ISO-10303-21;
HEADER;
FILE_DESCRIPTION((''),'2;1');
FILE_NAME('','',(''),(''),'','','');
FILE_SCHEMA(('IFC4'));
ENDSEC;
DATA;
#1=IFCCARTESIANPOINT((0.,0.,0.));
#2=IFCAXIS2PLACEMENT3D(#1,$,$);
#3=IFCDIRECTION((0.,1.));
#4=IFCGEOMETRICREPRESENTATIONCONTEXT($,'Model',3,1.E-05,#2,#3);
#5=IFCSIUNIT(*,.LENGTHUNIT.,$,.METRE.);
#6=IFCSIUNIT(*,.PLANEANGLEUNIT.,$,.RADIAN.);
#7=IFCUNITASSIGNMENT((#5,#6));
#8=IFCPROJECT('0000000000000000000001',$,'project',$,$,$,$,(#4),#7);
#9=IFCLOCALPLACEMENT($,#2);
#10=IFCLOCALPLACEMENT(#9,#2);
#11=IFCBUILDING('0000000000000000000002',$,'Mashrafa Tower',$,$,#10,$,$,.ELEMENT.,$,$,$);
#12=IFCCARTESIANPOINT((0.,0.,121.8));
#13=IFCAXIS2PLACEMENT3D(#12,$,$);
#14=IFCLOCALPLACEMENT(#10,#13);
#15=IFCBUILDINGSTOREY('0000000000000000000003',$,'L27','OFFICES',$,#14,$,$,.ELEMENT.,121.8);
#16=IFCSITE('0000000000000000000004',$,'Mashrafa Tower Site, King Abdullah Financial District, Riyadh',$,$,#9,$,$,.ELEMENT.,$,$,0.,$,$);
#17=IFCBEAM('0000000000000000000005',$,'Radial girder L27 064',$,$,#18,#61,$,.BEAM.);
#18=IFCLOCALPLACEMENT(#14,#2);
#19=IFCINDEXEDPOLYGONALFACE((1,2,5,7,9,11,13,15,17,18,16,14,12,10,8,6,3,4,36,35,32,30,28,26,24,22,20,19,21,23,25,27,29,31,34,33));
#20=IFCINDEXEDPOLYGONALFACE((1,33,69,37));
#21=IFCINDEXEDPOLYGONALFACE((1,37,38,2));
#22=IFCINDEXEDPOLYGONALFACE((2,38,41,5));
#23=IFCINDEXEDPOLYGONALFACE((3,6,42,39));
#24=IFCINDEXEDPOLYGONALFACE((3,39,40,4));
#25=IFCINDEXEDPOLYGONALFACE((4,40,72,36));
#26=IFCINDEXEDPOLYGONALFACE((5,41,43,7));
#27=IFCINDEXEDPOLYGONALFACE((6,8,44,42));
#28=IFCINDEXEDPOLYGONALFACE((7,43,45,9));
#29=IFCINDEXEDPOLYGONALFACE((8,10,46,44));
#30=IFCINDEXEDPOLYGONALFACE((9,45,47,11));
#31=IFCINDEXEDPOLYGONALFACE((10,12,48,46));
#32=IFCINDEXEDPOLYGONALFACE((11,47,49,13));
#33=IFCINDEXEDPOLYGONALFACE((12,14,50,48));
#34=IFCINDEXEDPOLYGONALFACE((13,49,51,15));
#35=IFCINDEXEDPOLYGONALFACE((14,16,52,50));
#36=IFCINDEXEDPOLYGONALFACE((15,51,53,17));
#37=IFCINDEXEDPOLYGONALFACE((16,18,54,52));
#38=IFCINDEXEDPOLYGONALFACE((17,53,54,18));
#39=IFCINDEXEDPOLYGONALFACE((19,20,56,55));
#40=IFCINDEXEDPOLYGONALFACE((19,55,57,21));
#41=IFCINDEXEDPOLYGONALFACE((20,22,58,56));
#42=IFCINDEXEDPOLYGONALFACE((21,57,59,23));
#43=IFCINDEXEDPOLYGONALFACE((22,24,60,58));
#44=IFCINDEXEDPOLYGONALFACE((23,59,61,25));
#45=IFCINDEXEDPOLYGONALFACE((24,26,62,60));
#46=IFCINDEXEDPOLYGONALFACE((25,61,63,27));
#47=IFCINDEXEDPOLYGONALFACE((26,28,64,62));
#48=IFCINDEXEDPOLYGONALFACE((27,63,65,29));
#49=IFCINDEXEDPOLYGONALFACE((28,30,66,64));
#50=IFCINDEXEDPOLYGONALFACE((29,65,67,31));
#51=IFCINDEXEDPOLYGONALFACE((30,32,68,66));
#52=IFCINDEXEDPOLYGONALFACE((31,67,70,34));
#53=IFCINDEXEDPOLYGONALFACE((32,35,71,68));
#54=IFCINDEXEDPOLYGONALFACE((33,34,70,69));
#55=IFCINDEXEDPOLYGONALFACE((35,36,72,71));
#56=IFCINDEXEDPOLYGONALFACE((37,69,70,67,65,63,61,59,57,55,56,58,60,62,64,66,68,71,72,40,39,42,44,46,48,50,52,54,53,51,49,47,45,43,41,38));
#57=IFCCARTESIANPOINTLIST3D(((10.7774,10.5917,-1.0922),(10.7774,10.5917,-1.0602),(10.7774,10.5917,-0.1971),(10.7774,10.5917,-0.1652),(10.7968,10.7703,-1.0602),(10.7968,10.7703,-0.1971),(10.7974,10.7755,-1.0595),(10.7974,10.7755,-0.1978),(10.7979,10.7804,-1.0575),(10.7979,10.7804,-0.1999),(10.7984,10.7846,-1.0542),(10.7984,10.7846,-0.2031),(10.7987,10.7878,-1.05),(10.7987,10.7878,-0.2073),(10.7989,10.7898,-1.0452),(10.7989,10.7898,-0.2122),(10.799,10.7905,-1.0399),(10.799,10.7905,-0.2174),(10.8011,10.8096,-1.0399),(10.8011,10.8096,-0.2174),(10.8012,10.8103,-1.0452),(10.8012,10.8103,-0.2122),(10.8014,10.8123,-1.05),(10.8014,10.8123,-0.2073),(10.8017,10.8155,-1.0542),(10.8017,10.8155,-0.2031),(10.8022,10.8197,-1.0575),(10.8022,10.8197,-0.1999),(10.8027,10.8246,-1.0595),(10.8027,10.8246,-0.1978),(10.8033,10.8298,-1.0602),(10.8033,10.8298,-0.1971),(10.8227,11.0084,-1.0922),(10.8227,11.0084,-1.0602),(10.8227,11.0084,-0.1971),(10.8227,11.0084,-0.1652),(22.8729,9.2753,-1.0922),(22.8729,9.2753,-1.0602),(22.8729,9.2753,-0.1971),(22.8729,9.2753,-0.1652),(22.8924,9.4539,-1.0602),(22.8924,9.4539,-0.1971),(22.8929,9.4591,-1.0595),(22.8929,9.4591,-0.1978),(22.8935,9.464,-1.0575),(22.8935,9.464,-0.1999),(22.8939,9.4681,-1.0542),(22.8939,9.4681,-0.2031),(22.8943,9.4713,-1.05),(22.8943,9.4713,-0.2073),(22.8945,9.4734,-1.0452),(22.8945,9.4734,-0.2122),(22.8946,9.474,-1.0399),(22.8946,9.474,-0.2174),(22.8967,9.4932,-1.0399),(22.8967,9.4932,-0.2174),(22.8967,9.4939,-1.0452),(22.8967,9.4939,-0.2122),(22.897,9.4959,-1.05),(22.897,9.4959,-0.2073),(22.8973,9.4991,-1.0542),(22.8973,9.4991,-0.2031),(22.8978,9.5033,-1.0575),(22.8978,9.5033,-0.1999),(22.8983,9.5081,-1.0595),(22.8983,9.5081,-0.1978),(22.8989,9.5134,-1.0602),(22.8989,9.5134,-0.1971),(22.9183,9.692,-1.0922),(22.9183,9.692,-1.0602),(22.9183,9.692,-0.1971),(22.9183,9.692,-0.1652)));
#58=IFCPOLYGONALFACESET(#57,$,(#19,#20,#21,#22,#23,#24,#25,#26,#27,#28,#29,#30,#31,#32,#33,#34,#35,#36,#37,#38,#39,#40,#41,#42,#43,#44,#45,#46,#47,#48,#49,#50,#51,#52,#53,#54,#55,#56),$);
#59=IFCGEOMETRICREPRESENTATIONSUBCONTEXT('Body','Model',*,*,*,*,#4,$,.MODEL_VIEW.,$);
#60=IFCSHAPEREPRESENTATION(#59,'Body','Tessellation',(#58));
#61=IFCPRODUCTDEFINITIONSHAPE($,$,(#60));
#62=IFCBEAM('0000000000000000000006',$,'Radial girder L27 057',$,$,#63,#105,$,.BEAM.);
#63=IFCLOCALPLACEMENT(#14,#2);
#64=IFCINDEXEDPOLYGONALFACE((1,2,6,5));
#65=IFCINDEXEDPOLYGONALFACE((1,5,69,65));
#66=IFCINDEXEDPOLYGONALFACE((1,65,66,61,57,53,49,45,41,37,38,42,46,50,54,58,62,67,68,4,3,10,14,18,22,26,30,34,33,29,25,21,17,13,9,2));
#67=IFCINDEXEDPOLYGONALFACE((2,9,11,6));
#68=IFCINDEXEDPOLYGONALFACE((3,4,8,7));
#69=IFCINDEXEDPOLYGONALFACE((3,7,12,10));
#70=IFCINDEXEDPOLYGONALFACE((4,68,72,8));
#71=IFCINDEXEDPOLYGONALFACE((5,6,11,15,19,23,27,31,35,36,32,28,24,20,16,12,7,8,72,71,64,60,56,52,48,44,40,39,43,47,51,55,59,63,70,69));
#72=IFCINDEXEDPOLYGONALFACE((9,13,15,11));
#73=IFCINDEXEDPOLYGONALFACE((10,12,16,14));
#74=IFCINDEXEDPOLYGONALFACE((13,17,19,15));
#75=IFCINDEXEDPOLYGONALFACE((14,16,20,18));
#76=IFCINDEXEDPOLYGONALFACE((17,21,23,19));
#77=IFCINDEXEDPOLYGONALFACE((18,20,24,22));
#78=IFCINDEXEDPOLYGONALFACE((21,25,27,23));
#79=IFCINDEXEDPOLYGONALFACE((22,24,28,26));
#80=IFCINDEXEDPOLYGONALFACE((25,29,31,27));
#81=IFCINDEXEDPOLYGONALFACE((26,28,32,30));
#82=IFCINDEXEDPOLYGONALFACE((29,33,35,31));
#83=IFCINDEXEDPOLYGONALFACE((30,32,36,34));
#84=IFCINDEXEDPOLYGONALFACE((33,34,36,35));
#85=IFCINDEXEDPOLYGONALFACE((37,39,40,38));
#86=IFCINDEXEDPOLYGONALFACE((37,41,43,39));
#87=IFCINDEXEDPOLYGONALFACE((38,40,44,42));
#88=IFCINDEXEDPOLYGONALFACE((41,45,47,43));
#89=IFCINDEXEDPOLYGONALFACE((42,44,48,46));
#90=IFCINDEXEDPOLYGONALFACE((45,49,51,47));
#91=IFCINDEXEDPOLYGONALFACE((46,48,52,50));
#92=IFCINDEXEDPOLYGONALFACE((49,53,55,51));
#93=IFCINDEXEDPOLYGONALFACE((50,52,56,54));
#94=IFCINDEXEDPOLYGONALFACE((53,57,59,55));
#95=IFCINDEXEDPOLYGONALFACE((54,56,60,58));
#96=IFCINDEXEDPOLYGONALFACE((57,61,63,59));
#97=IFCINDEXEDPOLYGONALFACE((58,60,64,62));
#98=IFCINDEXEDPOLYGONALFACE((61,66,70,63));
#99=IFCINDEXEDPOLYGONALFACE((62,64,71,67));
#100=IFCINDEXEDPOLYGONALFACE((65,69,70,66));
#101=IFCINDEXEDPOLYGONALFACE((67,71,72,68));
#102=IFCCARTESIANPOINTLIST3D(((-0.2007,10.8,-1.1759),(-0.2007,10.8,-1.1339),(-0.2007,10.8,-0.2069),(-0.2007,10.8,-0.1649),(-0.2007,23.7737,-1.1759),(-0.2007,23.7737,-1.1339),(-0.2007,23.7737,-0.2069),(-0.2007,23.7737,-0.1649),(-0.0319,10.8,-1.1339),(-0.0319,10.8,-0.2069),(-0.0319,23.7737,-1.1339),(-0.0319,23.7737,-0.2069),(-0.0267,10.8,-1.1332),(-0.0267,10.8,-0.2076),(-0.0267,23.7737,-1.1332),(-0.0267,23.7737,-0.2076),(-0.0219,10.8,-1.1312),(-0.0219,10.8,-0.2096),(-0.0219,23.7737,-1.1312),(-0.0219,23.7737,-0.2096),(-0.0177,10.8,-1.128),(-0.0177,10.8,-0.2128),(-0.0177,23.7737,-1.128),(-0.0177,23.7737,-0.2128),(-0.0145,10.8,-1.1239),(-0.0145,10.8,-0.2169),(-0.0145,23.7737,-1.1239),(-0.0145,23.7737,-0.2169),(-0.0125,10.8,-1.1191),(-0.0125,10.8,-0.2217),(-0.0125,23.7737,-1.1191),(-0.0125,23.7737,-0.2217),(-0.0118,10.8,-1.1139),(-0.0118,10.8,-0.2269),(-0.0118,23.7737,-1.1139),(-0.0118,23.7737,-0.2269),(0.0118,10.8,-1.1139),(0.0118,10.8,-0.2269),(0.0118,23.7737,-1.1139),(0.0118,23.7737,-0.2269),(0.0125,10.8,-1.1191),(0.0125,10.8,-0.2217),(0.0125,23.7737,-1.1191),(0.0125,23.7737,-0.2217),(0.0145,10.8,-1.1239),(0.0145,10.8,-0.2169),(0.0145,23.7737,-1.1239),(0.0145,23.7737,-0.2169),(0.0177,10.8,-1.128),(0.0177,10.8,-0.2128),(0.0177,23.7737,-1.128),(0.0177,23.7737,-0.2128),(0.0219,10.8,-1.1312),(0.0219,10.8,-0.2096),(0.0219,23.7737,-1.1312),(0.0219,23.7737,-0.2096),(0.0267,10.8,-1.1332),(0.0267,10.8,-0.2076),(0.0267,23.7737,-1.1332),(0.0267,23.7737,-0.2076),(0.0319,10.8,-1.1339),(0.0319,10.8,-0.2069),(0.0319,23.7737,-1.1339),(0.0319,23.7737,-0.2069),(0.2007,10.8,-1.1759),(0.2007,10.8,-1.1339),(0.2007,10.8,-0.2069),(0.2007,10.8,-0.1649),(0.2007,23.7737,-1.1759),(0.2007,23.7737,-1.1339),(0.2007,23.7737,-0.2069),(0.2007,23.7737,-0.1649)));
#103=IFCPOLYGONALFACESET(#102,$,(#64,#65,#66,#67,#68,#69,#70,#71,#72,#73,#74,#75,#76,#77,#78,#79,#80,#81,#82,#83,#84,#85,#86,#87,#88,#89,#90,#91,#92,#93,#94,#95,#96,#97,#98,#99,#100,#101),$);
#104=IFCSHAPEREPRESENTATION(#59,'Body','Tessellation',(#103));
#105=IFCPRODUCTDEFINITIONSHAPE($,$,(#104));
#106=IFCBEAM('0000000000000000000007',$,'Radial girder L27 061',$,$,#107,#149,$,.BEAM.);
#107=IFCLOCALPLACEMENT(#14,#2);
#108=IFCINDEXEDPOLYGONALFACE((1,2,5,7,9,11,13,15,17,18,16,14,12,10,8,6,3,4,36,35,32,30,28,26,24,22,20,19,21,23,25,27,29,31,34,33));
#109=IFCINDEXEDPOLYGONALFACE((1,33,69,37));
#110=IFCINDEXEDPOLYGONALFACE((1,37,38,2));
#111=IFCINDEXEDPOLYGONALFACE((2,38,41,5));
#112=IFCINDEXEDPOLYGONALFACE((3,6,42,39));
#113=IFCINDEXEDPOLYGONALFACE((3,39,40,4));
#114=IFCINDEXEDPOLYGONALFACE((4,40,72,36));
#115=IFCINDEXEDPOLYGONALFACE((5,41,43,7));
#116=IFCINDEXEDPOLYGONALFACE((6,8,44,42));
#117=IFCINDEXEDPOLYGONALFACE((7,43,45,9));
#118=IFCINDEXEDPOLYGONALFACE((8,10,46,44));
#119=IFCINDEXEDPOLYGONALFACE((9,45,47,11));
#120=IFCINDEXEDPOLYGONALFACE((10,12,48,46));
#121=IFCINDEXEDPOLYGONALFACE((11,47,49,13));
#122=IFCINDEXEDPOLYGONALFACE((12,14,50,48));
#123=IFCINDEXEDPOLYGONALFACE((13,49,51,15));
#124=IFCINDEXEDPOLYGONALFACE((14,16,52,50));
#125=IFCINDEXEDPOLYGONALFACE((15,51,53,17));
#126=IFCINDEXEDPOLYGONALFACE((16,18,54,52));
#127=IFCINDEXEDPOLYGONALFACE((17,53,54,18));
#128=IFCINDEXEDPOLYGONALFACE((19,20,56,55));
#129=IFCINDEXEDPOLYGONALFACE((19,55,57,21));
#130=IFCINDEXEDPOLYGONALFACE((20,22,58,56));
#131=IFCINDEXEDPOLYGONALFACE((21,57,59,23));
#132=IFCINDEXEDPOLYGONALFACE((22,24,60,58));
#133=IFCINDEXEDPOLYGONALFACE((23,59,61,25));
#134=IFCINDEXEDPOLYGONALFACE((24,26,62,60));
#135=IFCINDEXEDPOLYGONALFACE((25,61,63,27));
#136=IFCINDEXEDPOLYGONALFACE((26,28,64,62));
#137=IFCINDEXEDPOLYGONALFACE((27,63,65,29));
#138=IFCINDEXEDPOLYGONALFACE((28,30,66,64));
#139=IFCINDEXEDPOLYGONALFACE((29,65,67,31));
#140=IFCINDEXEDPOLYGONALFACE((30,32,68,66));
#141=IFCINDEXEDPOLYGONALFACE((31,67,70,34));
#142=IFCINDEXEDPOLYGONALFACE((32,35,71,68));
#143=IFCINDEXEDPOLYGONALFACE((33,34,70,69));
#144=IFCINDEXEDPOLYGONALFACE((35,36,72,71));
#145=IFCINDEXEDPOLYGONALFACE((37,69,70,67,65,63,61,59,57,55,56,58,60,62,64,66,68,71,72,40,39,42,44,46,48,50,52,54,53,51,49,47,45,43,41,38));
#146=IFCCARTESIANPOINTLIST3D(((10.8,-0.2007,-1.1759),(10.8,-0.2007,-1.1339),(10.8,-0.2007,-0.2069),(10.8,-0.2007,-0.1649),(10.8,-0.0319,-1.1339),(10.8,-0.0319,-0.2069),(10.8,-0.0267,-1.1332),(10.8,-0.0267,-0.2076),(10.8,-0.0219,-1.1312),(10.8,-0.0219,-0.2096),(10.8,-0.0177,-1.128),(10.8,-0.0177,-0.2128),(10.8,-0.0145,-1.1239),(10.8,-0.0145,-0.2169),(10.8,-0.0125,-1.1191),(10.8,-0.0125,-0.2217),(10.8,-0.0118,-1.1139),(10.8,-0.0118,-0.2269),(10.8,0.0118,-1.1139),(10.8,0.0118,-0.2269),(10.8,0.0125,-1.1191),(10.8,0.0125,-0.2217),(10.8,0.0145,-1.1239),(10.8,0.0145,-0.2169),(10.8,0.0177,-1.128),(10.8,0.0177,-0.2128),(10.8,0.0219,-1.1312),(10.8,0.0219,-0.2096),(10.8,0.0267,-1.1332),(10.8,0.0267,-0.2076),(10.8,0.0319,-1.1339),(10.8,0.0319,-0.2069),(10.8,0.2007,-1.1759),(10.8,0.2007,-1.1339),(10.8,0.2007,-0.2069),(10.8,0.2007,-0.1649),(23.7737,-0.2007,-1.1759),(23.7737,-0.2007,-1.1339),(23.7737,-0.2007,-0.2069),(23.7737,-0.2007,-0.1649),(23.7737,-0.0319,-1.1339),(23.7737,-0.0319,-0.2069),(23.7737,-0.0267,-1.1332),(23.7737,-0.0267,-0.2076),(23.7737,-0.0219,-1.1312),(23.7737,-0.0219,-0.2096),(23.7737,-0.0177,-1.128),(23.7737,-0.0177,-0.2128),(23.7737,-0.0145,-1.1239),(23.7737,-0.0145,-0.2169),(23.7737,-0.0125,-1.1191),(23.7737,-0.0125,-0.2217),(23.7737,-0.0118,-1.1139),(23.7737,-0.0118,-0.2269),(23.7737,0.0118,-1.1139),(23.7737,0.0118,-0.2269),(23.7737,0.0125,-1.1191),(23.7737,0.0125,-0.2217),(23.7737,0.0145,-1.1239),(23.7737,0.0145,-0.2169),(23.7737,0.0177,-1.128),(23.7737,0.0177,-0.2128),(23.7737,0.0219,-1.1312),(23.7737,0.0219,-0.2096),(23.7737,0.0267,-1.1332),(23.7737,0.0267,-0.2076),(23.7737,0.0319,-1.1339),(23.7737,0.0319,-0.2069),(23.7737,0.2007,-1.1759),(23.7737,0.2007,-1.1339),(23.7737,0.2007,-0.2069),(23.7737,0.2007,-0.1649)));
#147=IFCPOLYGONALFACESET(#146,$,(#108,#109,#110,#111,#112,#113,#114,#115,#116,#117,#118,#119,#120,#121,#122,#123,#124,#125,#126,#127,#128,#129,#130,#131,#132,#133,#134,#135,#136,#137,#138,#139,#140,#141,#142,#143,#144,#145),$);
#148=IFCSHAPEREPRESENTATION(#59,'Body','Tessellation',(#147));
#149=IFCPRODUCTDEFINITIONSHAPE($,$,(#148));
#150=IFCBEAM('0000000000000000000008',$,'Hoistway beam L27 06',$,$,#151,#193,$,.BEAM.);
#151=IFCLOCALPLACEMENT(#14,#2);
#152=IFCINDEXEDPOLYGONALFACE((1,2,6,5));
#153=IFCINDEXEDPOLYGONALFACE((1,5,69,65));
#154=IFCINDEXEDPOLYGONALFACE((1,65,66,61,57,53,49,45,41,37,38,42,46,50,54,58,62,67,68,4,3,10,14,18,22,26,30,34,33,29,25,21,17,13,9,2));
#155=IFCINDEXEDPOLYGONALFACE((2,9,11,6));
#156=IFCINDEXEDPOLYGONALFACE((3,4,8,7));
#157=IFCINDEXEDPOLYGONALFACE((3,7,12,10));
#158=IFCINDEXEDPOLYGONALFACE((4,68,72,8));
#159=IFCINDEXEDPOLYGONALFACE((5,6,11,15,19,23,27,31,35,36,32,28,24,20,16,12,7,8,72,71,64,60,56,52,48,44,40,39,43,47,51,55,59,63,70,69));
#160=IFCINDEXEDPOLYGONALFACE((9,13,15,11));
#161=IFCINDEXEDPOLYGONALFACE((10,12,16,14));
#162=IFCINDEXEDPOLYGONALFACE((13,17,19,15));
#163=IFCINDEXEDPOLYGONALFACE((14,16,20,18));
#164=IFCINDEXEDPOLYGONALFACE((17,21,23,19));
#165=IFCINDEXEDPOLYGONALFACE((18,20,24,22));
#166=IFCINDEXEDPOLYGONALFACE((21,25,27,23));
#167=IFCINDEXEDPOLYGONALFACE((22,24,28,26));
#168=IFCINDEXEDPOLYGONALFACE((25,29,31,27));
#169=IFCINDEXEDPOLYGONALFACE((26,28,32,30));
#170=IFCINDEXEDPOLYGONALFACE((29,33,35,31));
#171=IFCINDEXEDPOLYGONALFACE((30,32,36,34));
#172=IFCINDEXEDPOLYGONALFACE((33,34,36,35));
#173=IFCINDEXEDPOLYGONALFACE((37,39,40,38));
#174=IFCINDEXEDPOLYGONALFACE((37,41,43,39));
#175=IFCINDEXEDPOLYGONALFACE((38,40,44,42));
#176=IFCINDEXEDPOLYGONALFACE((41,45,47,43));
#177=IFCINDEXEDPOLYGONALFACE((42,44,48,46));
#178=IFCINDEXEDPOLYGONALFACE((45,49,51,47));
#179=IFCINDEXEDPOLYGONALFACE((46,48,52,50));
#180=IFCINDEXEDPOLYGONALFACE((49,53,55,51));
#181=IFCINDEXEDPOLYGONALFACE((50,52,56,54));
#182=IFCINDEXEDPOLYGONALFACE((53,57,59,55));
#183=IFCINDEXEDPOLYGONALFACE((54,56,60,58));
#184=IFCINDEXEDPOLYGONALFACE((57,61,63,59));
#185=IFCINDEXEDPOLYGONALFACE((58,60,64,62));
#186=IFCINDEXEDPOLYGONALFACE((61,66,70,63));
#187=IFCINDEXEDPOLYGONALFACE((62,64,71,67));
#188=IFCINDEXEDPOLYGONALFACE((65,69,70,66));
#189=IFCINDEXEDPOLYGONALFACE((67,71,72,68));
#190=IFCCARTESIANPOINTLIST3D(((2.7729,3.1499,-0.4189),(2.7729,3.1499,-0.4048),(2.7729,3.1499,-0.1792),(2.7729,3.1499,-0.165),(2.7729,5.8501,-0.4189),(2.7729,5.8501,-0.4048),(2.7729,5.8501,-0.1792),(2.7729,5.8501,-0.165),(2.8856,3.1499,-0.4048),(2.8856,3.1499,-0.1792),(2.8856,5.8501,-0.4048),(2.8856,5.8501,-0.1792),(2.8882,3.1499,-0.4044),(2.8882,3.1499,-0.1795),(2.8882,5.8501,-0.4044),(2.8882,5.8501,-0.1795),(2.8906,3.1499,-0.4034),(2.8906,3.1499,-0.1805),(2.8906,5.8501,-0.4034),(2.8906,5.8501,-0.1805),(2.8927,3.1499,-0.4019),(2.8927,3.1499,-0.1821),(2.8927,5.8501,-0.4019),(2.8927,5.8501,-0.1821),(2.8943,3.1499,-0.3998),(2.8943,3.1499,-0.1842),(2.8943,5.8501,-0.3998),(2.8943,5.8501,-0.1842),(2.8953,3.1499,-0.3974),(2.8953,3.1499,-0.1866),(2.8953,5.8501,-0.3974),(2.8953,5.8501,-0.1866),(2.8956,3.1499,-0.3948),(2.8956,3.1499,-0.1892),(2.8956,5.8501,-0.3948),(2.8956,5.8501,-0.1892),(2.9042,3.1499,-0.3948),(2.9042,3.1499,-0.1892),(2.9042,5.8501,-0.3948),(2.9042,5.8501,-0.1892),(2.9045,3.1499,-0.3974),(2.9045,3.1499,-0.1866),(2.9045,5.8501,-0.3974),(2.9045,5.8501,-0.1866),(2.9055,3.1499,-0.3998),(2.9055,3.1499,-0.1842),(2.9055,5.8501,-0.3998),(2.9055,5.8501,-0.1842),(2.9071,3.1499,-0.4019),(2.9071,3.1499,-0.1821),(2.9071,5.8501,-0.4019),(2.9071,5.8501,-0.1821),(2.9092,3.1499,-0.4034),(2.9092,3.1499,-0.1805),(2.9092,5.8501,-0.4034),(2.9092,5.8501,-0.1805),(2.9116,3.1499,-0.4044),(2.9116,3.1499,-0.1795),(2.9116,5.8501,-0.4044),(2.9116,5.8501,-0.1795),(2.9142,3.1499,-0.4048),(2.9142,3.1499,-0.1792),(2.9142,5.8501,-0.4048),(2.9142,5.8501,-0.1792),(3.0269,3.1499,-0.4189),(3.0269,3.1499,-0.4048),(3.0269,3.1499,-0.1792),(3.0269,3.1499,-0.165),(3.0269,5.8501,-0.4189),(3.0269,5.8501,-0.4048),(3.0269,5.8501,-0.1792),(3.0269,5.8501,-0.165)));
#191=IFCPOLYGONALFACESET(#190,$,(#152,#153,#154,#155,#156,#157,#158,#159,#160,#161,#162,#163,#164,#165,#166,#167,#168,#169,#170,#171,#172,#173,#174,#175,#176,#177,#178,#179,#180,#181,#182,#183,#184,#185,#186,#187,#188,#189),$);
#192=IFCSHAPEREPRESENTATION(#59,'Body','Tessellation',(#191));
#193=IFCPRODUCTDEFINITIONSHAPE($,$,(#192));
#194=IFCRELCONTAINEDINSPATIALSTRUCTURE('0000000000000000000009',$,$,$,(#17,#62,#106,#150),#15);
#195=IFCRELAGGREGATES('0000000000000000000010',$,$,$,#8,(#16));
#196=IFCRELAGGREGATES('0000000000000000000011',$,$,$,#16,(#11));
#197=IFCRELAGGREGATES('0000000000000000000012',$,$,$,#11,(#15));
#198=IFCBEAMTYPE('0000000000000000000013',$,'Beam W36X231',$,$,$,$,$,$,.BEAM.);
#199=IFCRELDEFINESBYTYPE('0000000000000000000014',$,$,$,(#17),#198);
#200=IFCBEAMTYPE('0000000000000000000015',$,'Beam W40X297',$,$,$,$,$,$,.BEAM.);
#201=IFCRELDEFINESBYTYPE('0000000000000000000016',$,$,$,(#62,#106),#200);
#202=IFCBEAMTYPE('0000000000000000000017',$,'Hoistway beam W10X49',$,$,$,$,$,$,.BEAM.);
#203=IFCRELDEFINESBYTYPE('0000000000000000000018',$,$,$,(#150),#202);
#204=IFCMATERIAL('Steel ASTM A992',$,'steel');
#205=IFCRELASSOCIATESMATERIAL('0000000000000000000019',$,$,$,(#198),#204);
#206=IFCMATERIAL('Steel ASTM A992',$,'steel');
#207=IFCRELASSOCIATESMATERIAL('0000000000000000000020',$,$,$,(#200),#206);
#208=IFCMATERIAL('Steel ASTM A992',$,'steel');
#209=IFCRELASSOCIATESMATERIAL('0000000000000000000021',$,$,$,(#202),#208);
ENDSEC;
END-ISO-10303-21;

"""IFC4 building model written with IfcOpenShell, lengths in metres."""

from ifc_helpers import new_model, si_unit, direction, frame, origin, origin_2d, place, context, subcontext, project, spatial, i_section, extrude, material, material_profile, profile_set, type_object, element, save


model = new_model("IFC4")

# Units and contexts
model_context = context("Model", 3, precision=1e-05, world=origin(), true_north=direction((0.0, 1.0)))
body_context = subcontext(model_context, "Body", "Model", "MODEL_VIEW")
ifc_project = project(units=[si_unit("LENGTHUNIT", "METRE"), si_unit("PLANEANGLEUNIT", "RADIAN")], contexts=[model_context])

# Site, building, storey
site_placement = place(None, origin())
site = spatial("IfcSite", under=ifc_project, at=site_placement, Name="Mashrafa Tower Site, King Abdullah Financial District, Riyadh", CompositionType="ELEMENT", RefElevation=0.0)
building_placement = place(site_placement, origin())
building = spatial("IfcBuilding", under=site, at=building_placement, Name="Mashrafa Tower", CompositionType="ELEMENT")
storey_placement = place(building_placement, frame((0.0, 0.0, 121.8)))
storey = spatial("IfcBuildingStorey", under=building, at=storey_placement, Name="L27", Description="OFFICES", CompositionType="ELEMENT", Elevation=121.8)

# Beams
ifc_material_1 = material(Name="Steel ASTM A992", Category="steel")
ifc_material_profile_1 = material_profile(ifc_material_1, i_section(OverallWidth=0.4192, OverallDepth=0.927, WebThickness=0.0193, FlangeThickness=0.032, FilletRadius=0.0203, at=origin_2d()), Name="W36X231")
ifc_profile_set_1 = profile_set([ifc_material_profile_1], Name="Steel ASTM A992")
beam_type_1 = type_object("IfcBeamType", Name="Beam W36X231", PredefinedType="BEAM", material=ifc_profile_set_1)
for number, where, z_axis, x_axis, name in (
    (1, (10.8, 10.8, -0.6287), (0.99413, -0.108196, 0.0), (0.108196, 0.99413, 0.0), "Radial girder L27 064"),
):
    element("IfcBeam", number, at=place(storey_placement, frame(where, z_axis=z_axis, x_axis=x_axis)), inside=storey, type_object=beam_type_1, Name=name, PredefinedType="BEAM", context=body_context, shape_type="SweptSolid", body=[
        extrude(i_section(OverallWidth=0.4192, OverallDepth=0.927, WebThickness=0.0193, FlangeThickness=0.032, FilletRadius=0.0203, at=origin_2d()), origin(), (0.0, 0.0, 1.0), 12.167),
    ])
ifc_material_2 = material(Name="Steel ASTM A992", Category="steel")
ifc_material_profile_2 = material_profile(ifc_material_2, i_section(OverallWidth=0.4014, OverallDepth=1.011, WebThickness=0.0237, FlangeThickness=0.042, FilletRadius=0.02, at=origin_2d()), Name="W40X297")
ifc_profile_set_2 = profile_set([ifc_material_profile_2], Name="Steel ASTM A992")
beam_type_2 = type_object("IfcBeamType", Name="Beam W40X297", PredefinedType="BEAM", material=ifc_profile_set_2)
for number, where, z_axis, x_axis, name in (
    (2, (0.0, 10.8, -0.6704), (0.0, 1.0, 0.0), (-1.0, 0.0, 0.0), "Radial girder L27 057"),
    (3, (10.8, 0.0, -0.6704), (1.0, 0.0, 0.0), (0.0, 1.0, 0.0), "Radial girder L27 061"),
):
    element("IfcBeam", number, at=place(storey_placement, frame(where, z_axis=z_axis, x_axis=x_axis)), inside=storey, type_object=beam_type_2, Name=name, PredefinedType="BEAM", context=body_context, shape_type="SweptSolid", body=[
        extrude(i_section(OverallWidth=0.4014, OverallDepth=1.011, WebThickness=0.0237, FlangeThickness=0.042, FilletRadius=0.02, at=origin_2d()), origin(), (0.0, 0.0, 1.0), 12.9736),
    ])
ifc_material_3 = material(Name="Steel ASTM A992", Category="steel")
ifc_material_profile_3 = material_profile(ifc_material_3, i_section(OverallWidth=0.2539, OverallDepth=0.2539, WebThickness=0.0085, FlangeThickness=0.0142, FilletRadius=0.01, at=origin_2d()), Name="W10X49")
ifc_profile_set_3 = profile_set([ifc_material_profile_3], Name="Steel ASTM A992")
beam_type_3 = type_object("IfcBeamType", Name="Hoistway beam W10X49", PredefinedType="BEAM", material=ifc_profile_set_3)
beam_1_placement = place(storey_placement, frame((2.8999, 3.1499, -0.292), z_axis=(0.0, 1.0, 0.0), x_axis=(-1.0, 0.0, 0.0)))
element("IfcBeam", 4, at=beam_1_placement, inside=storey, type_object=beam_type_3, Name="Hoistway beam L27 06", PredefinedType="BEAM", context=body_context, shape_type="SweptSolid", body=[
    extrude(i_section(OverallWidth=0.2539, OverallDepth=0.2539, WebThickness=0.0085, FlangeThickness=0.0142, FilletRadius=0.01, at=origin_2d()), origin(), (0.0, 0.0, 1.0), 2.7002),
])

save(model, "model.ifc")
